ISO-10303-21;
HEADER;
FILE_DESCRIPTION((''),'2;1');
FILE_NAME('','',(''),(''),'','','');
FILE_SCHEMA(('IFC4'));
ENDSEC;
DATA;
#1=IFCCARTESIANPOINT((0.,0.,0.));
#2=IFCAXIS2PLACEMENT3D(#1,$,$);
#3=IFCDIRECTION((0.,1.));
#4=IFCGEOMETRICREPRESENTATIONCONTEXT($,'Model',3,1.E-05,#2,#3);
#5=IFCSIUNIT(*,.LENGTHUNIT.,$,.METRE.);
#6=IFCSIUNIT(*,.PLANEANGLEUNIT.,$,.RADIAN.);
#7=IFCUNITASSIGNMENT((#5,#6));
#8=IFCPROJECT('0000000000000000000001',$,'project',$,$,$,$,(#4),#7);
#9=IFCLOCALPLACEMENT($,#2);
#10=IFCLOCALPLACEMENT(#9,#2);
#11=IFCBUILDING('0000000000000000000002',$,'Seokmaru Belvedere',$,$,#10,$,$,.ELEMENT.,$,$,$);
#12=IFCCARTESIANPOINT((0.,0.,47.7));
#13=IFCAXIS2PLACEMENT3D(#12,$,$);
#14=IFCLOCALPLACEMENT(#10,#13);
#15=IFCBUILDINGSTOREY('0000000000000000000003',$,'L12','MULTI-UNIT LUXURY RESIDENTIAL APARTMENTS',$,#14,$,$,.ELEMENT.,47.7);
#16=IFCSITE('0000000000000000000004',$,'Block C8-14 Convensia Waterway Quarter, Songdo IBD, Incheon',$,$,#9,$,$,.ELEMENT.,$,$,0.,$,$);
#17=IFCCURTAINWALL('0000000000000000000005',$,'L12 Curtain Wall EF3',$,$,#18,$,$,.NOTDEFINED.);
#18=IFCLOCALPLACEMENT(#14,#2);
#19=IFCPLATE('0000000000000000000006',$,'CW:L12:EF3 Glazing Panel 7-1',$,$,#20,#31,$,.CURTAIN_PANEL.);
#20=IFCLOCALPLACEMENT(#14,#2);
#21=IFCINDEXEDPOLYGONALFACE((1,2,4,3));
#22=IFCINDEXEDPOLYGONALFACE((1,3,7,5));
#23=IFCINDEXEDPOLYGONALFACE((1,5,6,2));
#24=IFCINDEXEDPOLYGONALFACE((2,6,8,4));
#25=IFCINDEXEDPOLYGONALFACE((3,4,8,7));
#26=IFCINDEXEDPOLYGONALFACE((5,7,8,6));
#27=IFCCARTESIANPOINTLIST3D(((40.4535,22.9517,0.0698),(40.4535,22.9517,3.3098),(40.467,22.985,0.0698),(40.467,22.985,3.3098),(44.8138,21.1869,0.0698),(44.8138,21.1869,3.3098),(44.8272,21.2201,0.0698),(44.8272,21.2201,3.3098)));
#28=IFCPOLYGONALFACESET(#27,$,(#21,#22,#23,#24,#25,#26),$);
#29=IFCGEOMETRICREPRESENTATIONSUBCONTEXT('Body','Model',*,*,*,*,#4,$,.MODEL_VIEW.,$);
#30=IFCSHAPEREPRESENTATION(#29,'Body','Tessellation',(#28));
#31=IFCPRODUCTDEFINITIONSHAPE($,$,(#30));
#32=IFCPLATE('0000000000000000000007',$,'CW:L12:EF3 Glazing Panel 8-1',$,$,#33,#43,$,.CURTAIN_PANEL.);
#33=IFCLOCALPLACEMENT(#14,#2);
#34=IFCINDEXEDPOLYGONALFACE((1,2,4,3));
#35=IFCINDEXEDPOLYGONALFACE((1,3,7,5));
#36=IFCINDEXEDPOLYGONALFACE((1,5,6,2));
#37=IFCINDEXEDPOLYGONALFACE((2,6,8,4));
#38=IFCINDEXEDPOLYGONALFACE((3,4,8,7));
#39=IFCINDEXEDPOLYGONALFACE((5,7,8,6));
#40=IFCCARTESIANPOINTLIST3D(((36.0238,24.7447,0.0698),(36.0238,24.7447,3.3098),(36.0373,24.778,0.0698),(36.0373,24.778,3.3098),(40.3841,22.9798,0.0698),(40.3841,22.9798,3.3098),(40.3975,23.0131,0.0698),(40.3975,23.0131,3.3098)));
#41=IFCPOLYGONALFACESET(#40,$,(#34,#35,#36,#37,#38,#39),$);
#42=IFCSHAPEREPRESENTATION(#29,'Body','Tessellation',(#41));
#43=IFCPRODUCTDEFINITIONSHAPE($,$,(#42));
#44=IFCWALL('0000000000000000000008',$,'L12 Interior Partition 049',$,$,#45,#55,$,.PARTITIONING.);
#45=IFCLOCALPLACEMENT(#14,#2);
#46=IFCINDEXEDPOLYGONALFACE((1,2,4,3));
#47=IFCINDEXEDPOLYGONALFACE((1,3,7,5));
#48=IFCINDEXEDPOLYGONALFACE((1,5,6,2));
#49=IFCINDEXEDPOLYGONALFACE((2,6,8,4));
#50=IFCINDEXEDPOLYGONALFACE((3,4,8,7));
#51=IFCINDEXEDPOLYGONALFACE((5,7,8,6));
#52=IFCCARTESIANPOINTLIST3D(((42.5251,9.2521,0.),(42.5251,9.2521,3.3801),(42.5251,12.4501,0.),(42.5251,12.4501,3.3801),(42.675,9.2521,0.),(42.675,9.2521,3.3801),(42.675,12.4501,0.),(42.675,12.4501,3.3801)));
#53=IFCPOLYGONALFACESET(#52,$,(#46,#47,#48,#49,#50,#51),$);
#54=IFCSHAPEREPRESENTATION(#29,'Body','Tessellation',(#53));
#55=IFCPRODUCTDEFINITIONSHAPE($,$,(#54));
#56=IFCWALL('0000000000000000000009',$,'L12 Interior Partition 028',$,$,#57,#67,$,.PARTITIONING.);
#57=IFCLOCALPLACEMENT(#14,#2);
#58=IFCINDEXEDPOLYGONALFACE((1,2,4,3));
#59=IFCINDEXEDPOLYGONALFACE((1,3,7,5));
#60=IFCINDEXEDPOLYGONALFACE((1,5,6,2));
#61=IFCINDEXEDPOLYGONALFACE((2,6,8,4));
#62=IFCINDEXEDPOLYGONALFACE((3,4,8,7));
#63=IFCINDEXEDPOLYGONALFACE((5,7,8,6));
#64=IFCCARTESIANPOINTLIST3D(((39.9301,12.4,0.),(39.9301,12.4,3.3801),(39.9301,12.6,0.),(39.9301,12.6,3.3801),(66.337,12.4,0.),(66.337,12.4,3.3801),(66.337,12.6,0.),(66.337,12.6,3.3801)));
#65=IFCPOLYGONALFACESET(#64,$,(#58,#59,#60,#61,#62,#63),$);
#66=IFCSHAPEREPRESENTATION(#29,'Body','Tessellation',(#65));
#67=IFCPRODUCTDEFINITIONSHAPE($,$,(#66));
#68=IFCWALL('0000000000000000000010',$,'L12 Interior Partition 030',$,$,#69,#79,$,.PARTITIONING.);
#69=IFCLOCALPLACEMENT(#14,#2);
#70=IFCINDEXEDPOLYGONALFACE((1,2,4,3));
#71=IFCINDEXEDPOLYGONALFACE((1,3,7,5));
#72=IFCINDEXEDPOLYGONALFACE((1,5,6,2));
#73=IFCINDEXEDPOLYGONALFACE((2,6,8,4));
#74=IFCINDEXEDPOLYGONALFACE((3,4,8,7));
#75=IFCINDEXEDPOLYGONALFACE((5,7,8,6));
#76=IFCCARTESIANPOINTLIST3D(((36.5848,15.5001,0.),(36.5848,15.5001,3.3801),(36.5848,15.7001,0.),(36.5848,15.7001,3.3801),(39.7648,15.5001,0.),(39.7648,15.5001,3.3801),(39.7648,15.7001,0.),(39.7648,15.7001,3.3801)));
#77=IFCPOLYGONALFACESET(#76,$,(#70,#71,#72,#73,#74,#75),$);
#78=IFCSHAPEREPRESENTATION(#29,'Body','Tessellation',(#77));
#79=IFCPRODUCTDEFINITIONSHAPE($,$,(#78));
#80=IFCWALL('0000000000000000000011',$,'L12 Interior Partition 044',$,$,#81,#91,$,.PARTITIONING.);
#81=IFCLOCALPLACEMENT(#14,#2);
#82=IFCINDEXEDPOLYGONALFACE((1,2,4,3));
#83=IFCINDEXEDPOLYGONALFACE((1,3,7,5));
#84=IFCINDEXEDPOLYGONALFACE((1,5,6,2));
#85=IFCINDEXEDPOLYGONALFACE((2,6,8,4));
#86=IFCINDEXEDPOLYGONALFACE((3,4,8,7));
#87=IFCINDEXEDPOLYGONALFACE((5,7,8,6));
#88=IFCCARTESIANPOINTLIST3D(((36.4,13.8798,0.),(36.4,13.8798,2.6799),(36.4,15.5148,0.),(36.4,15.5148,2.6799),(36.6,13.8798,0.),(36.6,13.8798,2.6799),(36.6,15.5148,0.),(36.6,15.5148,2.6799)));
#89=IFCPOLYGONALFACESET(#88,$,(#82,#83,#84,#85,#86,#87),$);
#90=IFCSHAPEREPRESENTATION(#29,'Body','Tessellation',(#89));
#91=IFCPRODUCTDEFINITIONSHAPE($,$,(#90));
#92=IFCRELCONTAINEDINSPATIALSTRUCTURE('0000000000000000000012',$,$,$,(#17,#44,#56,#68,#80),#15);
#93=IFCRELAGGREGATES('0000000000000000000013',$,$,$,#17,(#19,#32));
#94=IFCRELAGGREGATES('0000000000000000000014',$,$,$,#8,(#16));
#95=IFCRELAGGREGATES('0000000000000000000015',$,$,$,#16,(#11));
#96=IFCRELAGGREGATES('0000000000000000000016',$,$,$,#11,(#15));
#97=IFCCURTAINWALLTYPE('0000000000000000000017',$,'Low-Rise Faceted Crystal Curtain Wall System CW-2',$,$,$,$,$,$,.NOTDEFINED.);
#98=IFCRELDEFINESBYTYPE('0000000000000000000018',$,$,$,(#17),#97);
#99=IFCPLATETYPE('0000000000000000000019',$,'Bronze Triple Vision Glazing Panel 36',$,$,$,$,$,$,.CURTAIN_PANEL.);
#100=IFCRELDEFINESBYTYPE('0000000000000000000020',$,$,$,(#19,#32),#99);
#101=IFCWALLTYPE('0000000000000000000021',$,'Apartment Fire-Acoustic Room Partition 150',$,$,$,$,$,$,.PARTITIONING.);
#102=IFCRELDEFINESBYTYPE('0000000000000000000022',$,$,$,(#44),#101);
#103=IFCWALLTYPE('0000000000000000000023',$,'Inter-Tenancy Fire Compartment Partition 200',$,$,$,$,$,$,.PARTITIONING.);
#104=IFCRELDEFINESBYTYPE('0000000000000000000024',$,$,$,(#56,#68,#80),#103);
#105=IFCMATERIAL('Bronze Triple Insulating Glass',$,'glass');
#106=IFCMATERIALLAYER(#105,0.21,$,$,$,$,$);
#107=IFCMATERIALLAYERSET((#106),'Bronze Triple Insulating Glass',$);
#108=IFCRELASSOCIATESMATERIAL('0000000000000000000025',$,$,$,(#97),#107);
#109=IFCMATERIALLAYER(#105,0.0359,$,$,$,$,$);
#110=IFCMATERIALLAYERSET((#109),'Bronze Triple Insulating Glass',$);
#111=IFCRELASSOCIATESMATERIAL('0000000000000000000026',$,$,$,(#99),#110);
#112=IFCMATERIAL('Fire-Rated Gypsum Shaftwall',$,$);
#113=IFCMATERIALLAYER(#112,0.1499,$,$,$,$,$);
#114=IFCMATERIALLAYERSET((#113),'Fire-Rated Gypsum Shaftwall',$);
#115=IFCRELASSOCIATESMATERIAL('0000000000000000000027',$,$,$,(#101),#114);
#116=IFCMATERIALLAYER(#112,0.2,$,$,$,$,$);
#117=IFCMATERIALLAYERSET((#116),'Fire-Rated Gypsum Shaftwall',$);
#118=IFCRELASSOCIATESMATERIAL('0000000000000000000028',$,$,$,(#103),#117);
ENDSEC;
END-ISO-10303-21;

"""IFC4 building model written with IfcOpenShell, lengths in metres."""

from ifc_helpers import new_model, si_unit, direction, frame, frame_2d, origin, origin_2d, place, context, subcontext, project, spatial, rectangle, extrude, source, transform, mapped, material, layer, layer_set, type_object, type_shapes, element, aggregate, save


model = new_model("IFC4")

# Units and contexts
model_context = context("Model", 3, precision=1e-05, world=origin(), true_north=direction((0.0, 1.0)))
body_context = subcontext(model_context, "Body", "Model", "MODEL_VIEW")
ifc_project = project(units=[si_unit("LENGTHUNIT", "METRE"), si_unit("PLANEANGLEUNIT", "RADIAN")], contexts=[model_context])

# Site, building, storey
site_placement = place(None, origin())
site = spatial("IfcSite", under=ifc_project, at=site_placement, Name="Block C8-14 Convensia Waterway Quarter, Songdo IBD, Incheon", CompositionType="ELEMENT", RefElevation=0.0)
building_placement = place(site_placement, origin())
building = spatial("IfcBuilding", under=site, at=building_placement, Name="Seokmaru Belvedere", CompositionType="ELEMENT")
storey_placement = place(building_placement, frame((0.0, 0.0, 47.7)))
storey = spatial("IfcBuildingStorey", under=building, at=storey_placement, Name="L12", Description="MULTI-UNIT LUXURY RESIDENTIAL APARTMENTS", CompositionType="ELEMENT", Elevation=47.7)

# Curtain wall, plates
ifc_material_1 = material(Name="Bronze Triple Insulating Glass", Category="glass")
ifc_layer_1 = layer(ifc_material_1, 0.21)
ifc_layer_set_1 = layer_set([ifc_layer_1], Name="Bronze Triple Insulating Glass")
curtain_wall_type = type_object("IfcCurtainWallType", Name="Low-Rise Faceted Crystal Curtain Wall System CW-2", PredefinedType="NOTDEFINED", material=ifc_layer_set_1)
curtain_wall_placement = place(storey_placement, origin())
curtain_wall = element("IfcCurtainWall", 1, at=curtain_wall_placement, inside=storey, type_object=curtain_wall_type, Name="L12 Curtain Wall EF3", PredefinedType="NOTDEFINED")
ifc_layer_2 = layer(ifc_material_1, 0.0359)
ifc_layer_set_2 = layer_set([ifc_layer_2], Name="Bronze Triple Insulating Glass")
plate_type = type_object("IfcPlateType", Name="Bronze Triple Vision Glazing Panel 36", PredefinedType="CURTAIN_PANEL", material=ifc_layer_set_2)
shared_shape_1 = source(origin(), body_context, "Body", "SweptSolid", [
    extrude(rectangle(XDim=4.7039, YDim=0.0359, at=origin_2d()), origin(), (0.0, 0.0, 1.0), 3.24),
])
type_shapes(plate_type, [shared_shape_1])
plate_1_placement = place(storey_placement, frame((42.6404, 22.0859, 0.0698), z_axis=(0.0, 0.0, 1.0), x_axis=(-0.926947, 0.375192, 0.0)))
plate_1 = element("IfcPlate", 2, at=plate_1_placement, type_object=plate_type, Name="CW:L12:EF3 Glazing Panel 7-1", PredefinedType="CURTAIN_PANEL", context=body_context, shape_type="MappedRepresentation", body=[
    mapped(shared_shape_1, transform((0.0, 0.0, 0.0), scale=1.0)),
])
plate_2_placement = place(storey_placement, frame((38.2107, 23.8789, 0.0698), z_axis=(0.0, 0.0, 1.0), x_axis=(-0.926947, 0.375192, 0.0)))
plate_2 = element("IfcPlate", 3, at=plate_2_placement, type_object=plate_type, Name="CW:L12:EF3 Glazing Panel 8-1", PredefinedType="CURTAIN_PANEL", context=body_context, shape_type="MappedRepresentation", body=[
    mapped(shared_shape_1, transform((0.0, 0.0, 0.0), scale=1.0)),
])
aggregate(curtain_wall, [plate_1, plate_2])

# Walls
ifc_material_2 = material(Name="Fire-Rated Gypsum Shaftwall")
ifc_layer_3 = layer(ifc_material_2, 0.1499)
ifc_layer_set_3 = layer_set([ifc_layer_3], Name="Fire-Rated Gypsum Shaftwall")
wall_type_1 = type_object("IfcWallType", Name="Apartment Fire-Acoustic Room Partition 150", PredefinedType="PARTITIONING", material=ifc_layer_set_3)
wall_1_placement = place(storey_placement, frame((42.6001, 9.252, 0.0), z_axis=(0.0, 0.0, 1.0), x_axis=(0.0, 1.0, 0.0)))
element("IfcWall", 4, at=wall_1_placement, inside=storey, type_object=wall_type_1, Name="L12 Interior Partition 049", PredefinedType="PARTITIONING", context=body_context, shape_type="SweptSolid", body=[
    extrude(rectangle(XDim=3.198, YDim=0.1499, at=frame_2d((1.5991, 0.0))), origin(), (0.0, 0.0, 1.0), 3.3801),
])
ifc_layer_4 = layer(ifc_material_2, 0.2)
ifc_layer_set_4 = layer_set([ifc_layer_4], Name="Fire-Rated Gypsum Shaftwall")
wall_type_2 = type_object("IfcWallType", Name="Inter-Tenancy Fire Compartment Partition 200", PredefinedType="PARTITIONING", material=ifc_layer_set_4)
wall_2_placement = place(storey_placement, frame((39.9299, 12.5, 0.0), z_axis=(0.0, 0.0, 1.0), x_axis=(1.0, 0.0, 0.0)))
element("IfcWall", 5, at=wall_2_placement, inside=storey, type_object=wall_type_2, Name="L12 Interior Partition 028", PredefinedType="PARTITIONING", context=body_context, shape_type="SweptSolid", body=[
    extrude(rectangle(XDim=26.407, YDim=0.2, at=frame_2d((13.2036, 0.0))), origin(), (0.0, 0.0, 1.0), 3.3801),
])
wall_3_placement = place(storey_placement, frame((36.585, 15.6001, 0.0), z_axis=(0.0, 0.0, 1.0), x_axis=(1.0, 0.0, 0.0)))
element("IfcWall", 6, at=wall_3_placement, inside=storey, type_object=wall_type_2, Name="L12 Interior Partition 030", PredefinedType="PARTITIONING", context=body_context, shape_type="SweptSolid", body=[
    extrude(rectangle(XDim=3.1799, YDim=0.2, at=frame_2d((1.5898, 0.0))), origin(), (0.0, 0.0, 1.0), 3.3801),
])
wall_4_placement = place(storey_placement, frame((36.5, 13.8799, 0.0), z_axis=(0.0, 0.0, 1.0), x_axis=(0.0, 1.0, 0.0)))
element("IfcWall", 7, at=wall_4_placement, inside=storey, type_object=wall_type_2, Name="L12 Interior Partition 044", PredefinedType="PARTITIONING", context=body_context, shape_type="SweptSolid", body=[
    extrude(rectangle(XDim=1.635, YDim=0.2, at=frame_2d((0.8174, 0.0))), origin(), (0.0, 0.0, 1.0), 2.6799),
])

save(model, "model.ifc")
